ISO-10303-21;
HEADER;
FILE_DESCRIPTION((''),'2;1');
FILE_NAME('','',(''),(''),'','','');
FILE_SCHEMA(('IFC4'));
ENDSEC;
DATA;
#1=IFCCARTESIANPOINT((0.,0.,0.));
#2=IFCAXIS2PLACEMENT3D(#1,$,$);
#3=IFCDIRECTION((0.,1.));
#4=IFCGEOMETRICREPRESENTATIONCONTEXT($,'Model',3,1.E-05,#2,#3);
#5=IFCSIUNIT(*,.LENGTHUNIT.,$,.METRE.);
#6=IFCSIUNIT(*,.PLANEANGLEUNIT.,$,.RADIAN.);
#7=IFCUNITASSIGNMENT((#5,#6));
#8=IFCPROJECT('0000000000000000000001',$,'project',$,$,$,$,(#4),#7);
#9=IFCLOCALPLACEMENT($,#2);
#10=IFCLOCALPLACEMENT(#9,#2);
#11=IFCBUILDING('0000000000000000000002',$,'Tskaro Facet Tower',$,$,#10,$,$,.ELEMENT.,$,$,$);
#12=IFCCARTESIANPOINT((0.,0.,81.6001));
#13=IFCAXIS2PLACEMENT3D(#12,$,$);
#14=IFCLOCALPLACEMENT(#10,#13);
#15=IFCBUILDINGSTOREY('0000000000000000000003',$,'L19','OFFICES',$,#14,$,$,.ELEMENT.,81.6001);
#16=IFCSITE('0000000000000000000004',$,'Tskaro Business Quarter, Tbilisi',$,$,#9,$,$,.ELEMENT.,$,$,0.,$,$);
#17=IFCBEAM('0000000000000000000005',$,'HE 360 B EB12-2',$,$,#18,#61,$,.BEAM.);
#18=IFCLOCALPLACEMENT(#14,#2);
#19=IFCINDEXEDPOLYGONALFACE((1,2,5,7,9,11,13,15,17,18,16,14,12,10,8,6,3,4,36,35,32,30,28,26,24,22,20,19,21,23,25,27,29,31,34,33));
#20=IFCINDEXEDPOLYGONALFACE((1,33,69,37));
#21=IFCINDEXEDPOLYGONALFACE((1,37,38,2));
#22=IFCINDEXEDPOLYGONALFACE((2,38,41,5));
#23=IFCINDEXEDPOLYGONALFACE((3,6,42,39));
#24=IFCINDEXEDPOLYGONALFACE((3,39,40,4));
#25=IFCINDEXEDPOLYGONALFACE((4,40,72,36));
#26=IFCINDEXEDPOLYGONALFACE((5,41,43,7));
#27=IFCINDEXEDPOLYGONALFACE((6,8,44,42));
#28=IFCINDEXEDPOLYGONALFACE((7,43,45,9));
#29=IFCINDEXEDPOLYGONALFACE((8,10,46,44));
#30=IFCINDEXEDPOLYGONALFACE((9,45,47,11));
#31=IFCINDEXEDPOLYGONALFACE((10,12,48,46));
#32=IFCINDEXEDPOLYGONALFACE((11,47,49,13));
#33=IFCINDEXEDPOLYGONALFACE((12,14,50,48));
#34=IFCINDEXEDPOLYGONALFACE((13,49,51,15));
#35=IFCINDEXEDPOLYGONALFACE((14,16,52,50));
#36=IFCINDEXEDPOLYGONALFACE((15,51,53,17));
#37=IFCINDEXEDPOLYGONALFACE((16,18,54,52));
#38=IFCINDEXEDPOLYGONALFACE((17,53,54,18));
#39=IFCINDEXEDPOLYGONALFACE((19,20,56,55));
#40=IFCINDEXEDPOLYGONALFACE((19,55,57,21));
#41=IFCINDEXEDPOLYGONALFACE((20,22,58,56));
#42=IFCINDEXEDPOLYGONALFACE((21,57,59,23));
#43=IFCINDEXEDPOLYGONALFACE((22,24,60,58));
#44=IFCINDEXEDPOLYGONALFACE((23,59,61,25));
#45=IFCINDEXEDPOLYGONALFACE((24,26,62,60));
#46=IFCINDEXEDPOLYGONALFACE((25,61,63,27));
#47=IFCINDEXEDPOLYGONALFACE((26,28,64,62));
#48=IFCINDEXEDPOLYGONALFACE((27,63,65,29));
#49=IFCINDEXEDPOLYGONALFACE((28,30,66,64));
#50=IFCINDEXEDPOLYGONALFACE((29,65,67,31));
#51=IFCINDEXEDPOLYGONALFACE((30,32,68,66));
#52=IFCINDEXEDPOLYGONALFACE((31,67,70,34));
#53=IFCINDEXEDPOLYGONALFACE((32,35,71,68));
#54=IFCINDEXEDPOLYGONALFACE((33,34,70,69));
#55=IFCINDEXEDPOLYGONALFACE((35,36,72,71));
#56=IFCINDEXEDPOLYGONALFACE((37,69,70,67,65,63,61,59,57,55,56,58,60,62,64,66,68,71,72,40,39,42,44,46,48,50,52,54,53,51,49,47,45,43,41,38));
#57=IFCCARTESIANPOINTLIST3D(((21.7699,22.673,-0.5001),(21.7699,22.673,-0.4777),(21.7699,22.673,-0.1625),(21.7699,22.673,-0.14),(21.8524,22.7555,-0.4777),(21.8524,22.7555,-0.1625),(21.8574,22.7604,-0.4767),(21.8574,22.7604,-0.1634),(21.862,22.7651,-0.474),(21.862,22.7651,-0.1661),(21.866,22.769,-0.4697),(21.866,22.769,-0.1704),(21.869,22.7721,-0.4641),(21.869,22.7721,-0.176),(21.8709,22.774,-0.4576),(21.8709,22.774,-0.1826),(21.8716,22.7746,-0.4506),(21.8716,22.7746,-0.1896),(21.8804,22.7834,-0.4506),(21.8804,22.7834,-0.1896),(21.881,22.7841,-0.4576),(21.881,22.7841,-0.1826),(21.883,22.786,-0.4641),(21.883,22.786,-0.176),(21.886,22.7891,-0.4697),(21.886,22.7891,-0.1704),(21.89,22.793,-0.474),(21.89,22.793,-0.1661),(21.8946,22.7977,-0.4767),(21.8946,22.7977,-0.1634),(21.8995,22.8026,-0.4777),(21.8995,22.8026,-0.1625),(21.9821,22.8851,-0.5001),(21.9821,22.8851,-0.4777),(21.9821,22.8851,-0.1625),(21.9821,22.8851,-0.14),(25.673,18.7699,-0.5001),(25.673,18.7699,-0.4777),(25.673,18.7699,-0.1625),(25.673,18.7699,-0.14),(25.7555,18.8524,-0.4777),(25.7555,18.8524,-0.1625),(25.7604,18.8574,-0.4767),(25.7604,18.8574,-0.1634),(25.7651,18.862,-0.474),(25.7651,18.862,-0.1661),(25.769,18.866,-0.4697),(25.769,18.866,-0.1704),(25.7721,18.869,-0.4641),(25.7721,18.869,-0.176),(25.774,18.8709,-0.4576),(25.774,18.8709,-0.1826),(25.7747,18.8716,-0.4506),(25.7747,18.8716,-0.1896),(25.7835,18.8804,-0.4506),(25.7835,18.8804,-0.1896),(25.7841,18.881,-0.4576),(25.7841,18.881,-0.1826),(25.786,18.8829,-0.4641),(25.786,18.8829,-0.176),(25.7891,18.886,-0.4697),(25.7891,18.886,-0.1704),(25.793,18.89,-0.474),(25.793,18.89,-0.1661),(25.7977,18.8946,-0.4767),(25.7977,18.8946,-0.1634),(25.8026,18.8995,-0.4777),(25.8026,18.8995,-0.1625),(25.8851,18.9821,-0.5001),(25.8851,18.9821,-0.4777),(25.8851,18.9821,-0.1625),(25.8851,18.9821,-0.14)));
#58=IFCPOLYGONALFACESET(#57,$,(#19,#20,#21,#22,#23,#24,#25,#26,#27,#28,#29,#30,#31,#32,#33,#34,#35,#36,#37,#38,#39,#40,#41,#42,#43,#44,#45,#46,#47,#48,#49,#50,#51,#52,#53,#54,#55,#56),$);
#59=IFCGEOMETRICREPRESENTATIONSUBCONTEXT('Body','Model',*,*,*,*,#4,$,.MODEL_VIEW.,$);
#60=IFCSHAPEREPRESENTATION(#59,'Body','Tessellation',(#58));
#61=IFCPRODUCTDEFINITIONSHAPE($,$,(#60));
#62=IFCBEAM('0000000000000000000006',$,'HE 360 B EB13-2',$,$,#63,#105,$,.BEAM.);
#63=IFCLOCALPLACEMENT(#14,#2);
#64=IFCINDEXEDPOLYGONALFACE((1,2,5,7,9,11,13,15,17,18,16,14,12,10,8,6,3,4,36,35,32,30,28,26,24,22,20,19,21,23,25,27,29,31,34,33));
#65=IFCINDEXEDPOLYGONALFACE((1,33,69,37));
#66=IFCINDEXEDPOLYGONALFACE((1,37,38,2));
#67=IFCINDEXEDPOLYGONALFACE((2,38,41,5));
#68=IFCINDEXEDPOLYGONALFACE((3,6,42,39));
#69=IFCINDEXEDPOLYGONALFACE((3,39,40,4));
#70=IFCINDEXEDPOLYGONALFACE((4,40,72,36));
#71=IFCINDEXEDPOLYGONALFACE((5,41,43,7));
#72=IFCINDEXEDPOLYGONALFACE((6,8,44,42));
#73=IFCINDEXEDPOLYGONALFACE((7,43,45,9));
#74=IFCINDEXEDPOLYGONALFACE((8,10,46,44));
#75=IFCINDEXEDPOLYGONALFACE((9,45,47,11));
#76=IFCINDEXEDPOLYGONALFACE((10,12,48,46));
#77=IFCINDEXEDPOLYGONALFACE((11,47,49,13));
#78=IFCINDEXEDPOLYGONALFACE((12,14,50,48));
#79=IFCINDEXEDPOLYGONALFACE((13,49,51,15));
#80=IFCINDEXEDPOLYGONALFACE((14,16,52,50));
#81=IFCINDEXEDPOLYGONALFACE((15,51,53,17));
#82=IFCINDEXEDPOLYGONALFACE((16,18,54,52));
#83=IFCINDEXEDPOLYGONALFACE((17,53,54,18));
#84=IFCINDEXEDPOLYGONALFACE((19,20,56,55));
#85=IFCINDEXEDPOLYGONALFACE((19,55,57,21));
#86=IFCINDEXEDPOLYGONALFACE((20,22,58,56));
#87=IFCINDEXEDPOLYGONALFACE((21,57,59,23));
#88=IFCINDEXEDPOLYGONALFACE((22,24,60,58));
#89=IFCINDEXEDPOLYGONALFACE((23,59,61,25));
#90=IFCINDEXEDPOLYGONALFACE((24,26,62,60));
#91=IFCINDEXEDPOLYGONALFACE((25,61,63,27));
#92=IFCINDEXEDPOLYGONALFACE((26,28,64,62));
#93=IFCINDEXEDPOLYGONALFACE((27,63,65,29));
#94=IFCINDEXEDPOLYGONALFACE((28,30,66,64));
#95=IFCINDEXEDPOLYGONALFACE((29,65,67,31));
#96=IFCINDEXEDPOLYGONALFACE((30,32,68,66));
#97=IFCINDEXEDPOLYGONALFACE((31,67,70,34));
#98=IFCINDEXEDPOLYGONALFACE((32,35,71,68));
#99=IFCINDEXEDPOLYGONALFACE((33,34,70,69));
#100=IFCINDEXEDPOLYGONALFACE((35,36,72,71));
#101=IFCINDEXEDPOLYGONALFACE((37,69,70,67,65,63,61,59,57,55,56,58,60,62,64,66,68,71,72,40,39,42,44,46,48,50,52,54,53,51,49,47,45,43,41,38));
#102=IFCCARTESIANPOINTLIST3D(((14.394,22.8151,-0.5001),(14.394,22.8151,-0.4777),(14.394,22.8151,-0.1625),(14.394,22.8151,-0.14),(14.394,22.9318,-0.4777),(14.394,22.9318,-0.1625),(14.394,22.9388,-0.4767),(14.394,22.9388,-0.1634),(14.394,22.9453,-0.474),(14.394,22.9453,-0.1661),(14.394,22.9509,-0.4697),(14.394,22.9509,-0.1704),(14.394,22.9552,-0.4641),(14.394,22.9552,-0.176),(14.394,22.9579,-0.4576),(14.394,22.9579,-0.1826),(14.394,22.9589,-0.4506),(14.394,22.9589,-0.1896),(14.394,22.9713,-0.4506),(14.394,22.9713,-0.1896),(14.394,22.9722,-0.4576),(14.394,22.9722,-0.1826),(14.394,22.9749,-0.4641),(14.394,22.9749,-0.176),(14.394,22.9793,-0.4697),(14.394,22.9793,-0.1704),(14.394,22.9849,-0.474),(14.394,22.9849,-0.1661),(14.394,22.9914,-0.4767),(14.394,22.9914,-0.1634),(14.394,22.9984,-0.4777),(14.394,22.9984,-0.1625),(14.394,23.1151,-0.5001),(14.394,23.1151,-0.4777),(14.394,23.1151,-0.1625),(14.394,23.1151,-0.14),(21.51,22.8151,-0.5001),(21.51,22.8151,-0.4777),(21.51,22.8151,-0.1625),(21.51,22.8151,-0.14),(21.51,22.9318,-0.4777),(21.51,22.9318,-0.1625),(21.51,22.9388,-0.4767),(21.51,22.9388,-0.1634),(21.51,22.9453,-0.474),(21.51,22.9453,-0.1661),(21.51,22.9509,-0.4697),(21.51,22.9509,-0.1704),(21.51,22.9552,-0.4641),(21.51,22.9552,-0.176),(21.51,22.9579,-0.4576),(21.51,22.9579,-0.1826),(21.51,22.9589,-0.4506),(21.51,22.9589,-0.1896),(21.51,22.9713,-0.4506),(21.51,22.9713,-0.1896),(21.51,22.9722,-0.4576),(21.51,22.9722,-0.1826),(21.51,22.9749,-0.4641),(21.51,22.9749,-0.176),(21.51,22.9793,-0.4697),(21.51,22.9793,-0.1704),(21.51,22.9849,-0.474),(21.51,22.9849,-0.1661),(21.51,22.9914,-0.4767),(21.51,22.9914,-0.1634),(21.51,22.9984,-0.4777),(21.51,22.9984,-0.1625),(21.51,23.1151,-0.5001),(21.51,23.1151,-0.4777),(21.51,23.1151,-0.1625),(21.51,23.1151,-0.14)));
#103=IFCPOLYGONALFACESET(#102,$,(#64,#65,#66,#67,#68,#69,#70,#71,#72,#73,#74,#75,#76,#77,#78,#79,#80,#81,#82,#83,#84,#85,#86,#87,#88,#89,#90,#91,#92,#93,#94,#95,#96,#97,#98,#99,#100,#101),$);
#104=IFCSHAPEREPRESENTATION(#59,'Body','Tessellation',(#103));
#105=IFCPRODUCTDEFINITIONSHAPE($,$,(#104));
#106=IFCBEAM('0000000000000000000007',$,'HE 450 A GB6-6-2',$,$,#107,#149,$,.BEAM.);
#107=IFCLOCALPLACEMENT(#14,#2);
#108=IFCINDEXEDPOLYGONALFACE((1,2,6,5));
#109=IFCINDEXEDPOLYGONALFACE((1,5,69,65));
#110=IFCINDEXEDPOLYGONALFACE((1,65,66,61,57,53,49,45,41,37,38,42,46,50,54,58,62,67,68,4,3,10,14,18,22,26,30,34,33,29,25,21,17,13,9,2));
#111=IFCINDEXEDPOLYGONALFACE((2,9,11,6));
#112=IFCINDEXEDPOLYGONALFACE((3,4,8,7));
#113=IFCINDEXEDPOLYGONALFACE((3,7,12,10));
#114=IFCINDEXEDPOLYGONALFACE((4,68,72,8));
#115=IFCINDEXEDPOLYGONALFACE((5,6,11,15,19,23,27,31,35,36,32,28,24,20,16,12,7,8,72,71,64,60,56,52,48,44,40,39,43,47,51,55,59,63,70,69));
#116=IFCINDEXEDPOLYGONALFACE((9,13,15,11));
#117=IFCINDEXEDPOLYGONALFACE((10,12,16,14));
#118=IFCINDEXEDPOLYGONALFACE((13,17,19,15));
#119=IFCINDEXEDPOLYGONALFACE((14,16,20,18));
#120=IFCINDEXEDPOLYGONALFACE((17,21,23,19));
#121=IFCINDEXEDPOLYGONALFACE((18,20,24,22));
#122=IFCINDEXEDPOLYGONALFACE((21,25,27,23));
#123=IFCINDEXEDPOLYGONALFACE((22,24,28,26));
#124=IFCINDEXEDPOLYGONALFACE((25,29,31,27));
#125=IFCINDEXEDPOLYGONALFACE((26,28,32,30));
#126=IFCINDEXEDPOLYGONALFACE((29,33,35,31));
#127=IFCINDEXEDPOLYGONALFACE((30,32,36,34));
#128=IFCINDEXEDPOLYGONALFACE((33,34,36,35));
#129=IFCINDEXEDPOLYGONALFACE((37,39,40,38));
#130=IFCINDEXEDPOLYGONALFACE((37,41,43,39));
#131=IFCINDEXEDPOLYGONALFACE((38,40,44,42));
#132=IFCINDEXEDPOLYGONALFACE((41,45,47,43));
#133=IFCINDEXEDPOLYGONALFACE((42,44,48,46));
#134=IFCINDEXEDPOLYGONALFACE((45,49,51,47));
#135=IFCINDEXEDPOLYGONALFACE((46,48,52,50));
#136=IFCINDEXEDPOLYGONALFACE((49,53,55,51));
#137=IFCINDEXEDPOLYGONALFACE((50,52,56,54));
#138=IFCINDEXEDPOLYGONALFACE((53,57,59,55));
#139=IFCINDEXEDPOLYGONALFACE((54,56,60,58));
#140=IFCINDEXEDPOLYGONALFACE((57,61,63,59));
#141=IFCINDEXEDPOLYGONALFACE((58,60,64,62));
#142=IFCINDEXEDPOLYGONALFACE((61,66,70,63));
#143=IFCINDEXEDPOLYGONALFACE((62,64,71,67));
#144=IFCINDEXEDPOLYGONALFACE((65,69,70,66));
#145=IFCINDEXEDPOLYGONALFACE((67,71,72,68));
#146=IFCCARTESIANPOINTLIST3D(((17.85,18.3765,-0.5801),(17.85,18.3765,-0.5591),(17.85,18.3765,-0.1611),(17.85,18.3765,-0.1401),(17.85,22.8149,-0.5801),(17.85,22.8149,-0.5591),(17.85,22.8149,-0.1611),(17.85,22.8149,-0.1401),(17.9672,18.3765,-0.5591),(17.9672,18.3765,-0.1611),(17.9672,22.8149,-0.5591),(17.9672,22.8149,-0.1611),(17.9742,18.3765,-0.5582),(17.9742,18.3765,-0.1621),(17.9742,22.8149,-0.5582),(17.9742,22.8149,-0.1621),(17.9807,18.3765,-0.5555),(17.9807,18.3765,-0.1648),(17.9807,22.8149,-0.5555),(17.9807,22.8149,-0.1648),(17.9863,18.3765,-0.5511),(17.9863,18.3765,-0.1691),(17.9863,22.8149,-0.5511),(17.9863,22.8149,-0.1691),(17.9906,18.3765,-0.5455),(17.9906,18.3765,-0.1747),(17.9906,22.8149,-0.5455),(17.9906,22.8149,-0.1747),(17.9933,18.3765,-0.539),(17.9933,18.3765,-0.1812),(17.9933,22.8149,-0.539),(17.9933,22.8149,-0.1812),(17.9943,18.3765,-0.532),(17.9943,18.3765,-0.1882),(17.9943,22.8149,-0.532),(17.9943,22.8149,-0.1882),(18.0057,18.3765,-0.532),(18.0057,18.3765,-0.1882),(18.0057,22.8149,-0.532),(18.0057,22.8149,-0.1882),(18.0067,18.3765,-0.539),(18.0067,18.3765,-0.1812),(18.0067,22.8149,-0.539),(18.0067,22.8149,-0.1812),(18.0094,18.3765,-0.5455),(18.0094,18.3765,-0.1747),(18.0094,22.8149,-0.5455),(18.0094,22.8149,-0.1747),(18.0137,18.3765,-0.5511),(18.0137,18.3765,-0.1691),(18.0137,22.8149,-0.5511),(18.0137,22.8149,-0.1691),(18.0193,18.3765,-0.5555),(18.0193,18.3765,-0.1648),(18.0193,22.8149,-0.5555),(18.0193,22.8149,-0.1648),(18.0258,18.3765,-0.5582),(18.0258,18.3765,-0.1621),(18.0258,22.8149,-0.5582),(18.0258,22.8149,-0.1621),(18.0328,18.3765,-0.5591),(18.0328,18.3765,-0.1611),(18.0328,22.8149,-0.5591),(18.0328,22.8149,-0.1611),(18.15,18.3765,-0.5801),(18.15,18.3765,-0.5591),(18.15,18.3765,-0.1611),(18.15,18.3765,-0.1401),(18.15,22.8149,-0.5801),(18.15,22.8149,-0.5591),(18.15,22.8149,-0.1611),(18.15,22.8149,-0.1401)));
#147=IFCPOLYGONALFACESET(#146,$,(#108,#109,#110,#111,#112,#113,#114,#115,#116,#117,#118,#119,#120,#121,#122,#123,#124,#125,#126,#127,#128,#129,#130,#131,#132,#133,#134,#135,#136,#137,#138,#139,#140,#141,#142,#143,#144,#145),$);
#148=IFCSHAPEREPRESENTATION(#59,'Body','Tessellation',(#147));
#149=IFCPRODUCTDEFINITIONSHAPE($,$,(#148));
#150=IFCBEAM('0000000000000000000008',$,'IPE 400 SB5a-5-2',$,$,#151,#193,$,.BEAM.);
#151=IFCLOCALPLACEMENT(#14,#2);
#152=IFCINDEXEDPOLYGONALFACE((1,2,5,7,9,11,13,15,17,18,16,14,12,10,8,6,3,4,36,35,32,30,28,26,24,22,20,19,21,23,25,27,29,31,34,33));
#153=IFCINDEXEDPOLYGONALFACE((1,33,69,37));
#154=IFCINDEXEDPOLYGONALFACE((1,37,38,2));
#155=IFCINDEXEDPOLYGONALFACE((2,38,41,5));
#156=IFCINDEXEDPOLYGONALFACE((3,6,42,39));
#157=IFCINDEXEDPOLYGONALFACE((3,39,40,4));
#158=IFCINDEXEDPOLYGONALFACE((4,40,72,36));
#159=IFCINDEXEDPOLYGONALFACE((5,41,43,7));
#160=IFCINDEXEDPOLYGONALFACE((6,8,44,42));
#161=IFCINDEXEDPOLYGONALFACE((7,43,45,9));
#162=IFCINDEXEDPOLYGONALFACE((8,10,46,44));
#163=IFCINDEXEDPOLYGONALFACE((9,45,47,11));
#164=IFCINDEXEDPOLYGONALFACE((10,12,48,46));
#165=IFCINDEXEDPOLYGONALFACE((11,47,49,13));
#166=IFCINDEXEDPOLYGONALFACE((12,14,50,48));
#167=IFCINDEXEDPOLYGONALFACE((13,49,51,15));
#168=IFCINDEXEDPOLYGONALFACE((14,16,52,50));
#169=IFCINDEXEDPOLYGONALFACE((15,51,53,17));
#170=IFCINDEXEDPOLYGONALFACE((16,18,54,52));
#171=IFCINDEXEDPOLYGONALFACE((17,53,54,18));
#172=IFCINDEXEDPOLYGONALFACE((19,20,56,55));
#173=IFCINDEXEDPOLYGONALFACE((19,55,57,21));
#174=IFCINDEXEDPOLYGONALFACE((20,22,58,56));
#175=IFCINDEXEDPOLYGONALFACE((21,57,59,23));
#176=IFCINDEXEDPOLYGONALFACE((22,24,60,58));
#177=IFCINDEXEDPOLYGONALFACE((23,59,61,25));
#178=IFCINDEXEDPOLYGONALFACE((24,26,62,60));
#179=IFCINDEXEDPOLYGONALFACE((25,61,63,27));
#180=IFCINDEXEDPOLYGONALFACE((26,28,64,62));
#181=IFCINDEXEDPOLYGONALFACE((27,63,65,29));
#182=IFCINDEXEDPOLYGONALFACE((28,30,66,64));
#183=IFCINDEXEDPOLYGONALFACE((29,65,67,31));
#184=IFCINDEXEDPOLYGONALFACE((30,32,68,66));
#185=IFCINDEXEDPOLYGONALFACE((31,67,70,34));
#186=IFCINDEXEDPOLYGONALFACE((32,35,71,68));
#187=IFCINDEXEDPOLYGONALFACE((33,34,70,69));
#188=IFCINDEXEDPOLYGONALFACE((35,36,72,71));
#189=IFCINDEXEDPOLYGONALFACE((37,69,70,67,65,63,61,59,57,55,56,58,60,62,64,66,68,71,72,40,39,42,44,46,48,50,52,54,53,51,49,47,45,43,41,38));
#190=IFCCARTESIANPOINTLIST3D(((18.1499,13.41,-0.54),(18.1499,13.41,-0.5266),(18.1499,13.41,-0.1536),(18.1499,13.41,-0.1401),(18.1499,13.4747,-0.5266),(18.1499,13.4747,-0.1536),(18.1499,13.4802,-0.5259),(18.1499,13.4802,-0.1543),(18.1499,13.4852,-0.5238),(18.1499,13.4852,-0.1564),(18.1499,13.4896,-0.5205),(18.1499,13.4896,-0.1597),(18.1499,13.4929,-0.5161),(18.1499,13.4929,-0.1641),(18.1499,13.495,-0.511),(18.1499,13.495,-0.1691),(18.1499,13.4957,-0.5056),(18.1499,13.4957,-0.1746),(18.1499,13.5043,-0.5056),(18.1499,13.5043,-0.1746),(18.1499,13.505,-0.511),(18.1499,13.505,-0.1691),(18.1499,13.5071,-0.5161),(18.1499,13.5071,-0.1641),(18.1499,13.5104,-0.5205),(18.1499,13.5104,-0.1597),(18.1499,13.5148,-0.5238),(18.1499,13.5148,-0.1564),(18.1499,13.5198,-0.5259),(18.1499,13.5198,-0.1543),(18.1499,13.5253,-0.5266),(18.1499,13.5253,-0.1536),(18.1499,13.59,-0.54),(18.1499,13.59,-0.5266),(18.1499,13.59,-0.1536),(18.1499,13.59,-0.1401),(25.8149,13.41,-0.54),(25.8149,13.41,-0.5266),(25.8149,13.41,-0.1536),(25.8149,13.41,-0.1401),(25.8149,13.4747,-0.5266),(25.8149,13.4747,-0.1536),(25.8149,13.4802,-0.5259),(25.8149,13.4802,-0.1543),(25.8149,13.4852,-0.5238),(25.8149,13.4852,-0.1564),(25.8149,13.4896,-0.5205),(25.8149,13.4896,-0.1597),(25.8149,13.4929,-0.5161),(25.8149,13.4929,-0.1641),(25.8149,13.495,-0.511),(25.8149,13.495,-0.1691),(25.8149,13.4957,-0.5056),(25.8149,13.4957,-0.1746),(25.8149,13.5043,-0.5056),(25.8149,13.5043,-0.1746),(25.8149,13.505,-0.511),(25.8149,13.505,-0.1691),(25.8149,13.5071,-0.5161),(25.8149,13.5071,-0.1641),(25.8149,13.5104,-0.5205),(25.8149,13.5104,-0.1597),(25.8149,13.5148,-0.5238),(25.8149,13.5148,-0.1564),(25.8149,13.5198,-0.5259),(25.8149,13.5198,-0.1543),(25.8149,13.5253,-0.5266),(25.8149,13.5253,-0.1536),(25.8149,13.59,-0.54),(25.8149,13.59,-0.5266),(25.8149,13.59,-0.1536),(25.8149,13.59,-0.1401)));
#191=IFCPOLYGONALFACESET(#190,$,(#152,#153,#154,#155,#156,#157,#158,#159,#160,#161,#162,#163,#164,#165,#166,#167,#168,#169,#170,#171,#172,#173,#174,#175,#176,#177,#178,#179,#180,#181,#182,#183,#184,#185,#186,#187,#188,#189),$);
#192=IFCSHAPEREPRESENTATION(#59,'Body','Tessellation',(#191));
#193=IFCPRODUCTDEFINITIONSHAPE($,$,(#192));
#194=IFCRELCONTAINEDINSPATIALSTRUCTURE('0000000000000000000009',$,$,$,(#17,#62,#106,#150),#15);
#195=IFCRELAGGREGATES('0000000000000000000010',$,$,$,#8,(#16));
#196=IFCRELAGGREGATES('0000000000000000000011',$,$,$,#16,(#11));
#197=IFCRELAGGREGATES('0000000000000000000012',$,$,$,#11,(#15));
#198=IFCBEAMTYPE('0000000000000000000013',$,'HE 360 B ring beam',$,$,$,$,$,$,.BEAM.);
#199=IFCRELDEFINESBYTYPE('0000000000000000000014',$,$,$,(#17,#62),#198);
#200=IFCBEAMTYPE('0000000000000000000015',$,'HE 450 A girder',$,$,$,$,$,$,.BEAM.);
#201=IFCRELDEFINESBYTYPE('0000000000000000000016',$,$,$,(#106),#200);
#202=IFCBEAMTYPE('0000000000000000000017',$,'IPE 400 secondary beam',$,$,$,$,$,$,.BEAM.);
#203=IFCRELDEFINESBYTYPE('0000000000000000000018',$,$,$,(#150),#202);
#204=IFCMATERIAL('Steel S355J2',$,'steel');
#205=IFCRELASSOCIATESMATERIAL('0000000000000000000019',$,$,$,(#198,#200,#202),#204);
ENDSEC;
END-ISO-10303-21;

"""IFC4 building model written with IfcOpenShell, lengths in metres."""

from ifc_helpers import new_model, si_unit, direction, frame, origin, origin_2d, place, context, subcontext, project, spatial, i_section, extrude, material, material_profile, profile_set, type_object, element, save


model = new_model("IFC4")

# Units and contexts
model_context = context("Model", 3, precision=1e-05, world=origin(), true_north=direction((0.0, 1.0)))
body_context = subcontext(model_context, "Body", "Model", "MODEL_VIEW")
ifc_project = project(units=[si_unit("LENGTHUNIT", "METRE"), si_unit("PLANEANGLEUNIT", "RADIAN")], contexts=[model_context])

# Site, building, storey
site_placement = place(None, origin())
site = spatial("IfcSite", under=ifc_project, at=site_placement, Name="Tskaro Business Quarter, Tbilisi", CompositionType="ELEMENT", RefElevation=0.0)
building_placement = place(site_placement, origin())
building = spatial("IfcBuilding", under=site, at=building_placement, Name="Tskaro Facet Tower", CompositionType="ELEMENT")
storey_placement = place(building_placement, frame((0.0, 0.0, 81.6001)))
storey = spatial("IfcBuildingStorey", under=building, at=storey_placement, Name="L19", Description="OFFICES", CompositionType="ELEMENT", Elevation=81.6001)

# Beams
ifc_material_1 = material(Name="Steel S355J2", Category="steel")
ifc_material_profile_1 = material_profile(ifc_material_1, i_section(OverallWidth=0.3, OverallDepth=0.3601, WebThickness=0.0125, FlangeThickness=0.0225, FilletRadius=0.0271, at=origin_2d()), Name="HE 360 B")
ifc_profile_set_1 = profile_set([ifc_material_profile_1], Name="Steel S355J2")
beam_type_1 = type_object("IfcBeamType", Name="HE 360 B ring beam", PredefinedType="BEAM", material=ifc_profile_set_1)
beam_1_placement = place(storey_placement, frame((25.7791, 18.876, -0.3201), z_axis=(-0.707107, 0.707107, 0.0), x_axis=(-0.707107, -0.707107, 0.0)))
element("IfcBeam", 1, at=beam_1_placement, inside=storey, type_object=beam_type_1, Name="HE 360 B EB12-2", PredefinedType="BEAM", context=body_context, shape_type="SweptSolid", body=[
    extrude(i_section(OverallWidth=0.3, OverallDepth=0.3601, WebThickness=0.0125, FlangeThickness=0.0225, FilletRadius=0.0271, at=origin_2d()), origin(), (0.0, 0.0, 1.0), 5.5198),
])
beam_2_placement = place(storey_placement, frame((21.51, 22.9651, -0.3201), z_axis=(-1.0, 0.0, 0.0), x_axis=(0.0, -1.0, 0.0)))
element("IfcBeam", 2, at=beam_2_placement, inside=storey, type_object=beam_type_1, Name="HE 360 B EB13-2", PredefinedType="BEAM", context=body_context, shape_type="SweptSolid", body=[
    extrude(i_section(OverallWidth=0.3, OverallDepth=0.3601, WebThickness=0.0125, FlangeThickness=0.0225, FilletRadius=0.0271, at=origin_2d()), origin(), (0.0, 0.0, 1.0), 7.116),
])
ifc_material_profile_2 = material_profile(ifc_material_1, i_section(OverallWidth=0.3, OverallDepth=0.4399, WebThickness=0.0115, FlangeThickness=0.021, FilletRadius=0.0271, at=origin_2d()), Name="HE 450 A")
ifc_profile_set_2 = profile_set([ifc_material_profile_2], Name="Steel S355J2")
beam_type_2 = type_object("IfcBeamType", Name="HE 450 A girder", PredefinedType="BEAM", material=ifc_profile_set_2)
beam_3_placement = place(storey_placement, frame((18.0, 18.3765, -0.3601), z_axis=(0.0, 1.0, 0.0), x_axis=(-1.0, 0.0, 0.0)))
element("IfcBeam", 3, at=beam_3_placement, inside=storey, type_object=beam_type_2, Name="HE 450 A GB6-6-2", PredefinedType="BEAM", context=body_context, shape_type="SweptSolid", body=[
    extrude(i_section(OverallWidth=0.3, OverallDepth=0.4399, WebThickness=0.0115, FlangeThickness=0.021, FilletRadius=0.0271, at=origin_2d()), origin(), (0.0, 0.0, 1.0), 4.4385),
])
ifc_material_profile_3 = material_profile(ifc_material_1, i_section(OverallWidth=0.1799, OverallDepth=0.3999, WebThickness=0.0085, FlangeThickness=0.0134, FilletRadius=0.021, at=origin_2d()), Name="IPE 400")
ifc_profile_set_3 = profile_set([ifc_material_profile_3], Name="Steel S355J2")
beam_type_3 = type_object("IfcBeamType", Name="IPE 400 secondary beam", PredefinedType="BEAM", material=ifc_profile_set_3)
beam_4_placement = place(storey_placement, frame((18.1499, 13.5, -0.3401), z_axis=(1.0, 0.0, 0.0), x_axis=(0.0, 1.0, 0.0)))
element("IfcBeam", 4, at=beam_4_placement, inside=storey, type_object=beam_type_3, Name="IPE 400 SB5a-5-2", PredefinedType="BEAM", context=body_context, shape_type="SweptSolid", body=[
    extrude(i_section(OverallWidth=0.1799, OverallDepth=0.3999, WebThickness=0.0085, FlangeThickness=0.0134, FilletRadius=0.021, at=origin_2d()), origin(), (0.0, 0.0, 1.0), 7.665),
])

save(model, "model.ifc")
